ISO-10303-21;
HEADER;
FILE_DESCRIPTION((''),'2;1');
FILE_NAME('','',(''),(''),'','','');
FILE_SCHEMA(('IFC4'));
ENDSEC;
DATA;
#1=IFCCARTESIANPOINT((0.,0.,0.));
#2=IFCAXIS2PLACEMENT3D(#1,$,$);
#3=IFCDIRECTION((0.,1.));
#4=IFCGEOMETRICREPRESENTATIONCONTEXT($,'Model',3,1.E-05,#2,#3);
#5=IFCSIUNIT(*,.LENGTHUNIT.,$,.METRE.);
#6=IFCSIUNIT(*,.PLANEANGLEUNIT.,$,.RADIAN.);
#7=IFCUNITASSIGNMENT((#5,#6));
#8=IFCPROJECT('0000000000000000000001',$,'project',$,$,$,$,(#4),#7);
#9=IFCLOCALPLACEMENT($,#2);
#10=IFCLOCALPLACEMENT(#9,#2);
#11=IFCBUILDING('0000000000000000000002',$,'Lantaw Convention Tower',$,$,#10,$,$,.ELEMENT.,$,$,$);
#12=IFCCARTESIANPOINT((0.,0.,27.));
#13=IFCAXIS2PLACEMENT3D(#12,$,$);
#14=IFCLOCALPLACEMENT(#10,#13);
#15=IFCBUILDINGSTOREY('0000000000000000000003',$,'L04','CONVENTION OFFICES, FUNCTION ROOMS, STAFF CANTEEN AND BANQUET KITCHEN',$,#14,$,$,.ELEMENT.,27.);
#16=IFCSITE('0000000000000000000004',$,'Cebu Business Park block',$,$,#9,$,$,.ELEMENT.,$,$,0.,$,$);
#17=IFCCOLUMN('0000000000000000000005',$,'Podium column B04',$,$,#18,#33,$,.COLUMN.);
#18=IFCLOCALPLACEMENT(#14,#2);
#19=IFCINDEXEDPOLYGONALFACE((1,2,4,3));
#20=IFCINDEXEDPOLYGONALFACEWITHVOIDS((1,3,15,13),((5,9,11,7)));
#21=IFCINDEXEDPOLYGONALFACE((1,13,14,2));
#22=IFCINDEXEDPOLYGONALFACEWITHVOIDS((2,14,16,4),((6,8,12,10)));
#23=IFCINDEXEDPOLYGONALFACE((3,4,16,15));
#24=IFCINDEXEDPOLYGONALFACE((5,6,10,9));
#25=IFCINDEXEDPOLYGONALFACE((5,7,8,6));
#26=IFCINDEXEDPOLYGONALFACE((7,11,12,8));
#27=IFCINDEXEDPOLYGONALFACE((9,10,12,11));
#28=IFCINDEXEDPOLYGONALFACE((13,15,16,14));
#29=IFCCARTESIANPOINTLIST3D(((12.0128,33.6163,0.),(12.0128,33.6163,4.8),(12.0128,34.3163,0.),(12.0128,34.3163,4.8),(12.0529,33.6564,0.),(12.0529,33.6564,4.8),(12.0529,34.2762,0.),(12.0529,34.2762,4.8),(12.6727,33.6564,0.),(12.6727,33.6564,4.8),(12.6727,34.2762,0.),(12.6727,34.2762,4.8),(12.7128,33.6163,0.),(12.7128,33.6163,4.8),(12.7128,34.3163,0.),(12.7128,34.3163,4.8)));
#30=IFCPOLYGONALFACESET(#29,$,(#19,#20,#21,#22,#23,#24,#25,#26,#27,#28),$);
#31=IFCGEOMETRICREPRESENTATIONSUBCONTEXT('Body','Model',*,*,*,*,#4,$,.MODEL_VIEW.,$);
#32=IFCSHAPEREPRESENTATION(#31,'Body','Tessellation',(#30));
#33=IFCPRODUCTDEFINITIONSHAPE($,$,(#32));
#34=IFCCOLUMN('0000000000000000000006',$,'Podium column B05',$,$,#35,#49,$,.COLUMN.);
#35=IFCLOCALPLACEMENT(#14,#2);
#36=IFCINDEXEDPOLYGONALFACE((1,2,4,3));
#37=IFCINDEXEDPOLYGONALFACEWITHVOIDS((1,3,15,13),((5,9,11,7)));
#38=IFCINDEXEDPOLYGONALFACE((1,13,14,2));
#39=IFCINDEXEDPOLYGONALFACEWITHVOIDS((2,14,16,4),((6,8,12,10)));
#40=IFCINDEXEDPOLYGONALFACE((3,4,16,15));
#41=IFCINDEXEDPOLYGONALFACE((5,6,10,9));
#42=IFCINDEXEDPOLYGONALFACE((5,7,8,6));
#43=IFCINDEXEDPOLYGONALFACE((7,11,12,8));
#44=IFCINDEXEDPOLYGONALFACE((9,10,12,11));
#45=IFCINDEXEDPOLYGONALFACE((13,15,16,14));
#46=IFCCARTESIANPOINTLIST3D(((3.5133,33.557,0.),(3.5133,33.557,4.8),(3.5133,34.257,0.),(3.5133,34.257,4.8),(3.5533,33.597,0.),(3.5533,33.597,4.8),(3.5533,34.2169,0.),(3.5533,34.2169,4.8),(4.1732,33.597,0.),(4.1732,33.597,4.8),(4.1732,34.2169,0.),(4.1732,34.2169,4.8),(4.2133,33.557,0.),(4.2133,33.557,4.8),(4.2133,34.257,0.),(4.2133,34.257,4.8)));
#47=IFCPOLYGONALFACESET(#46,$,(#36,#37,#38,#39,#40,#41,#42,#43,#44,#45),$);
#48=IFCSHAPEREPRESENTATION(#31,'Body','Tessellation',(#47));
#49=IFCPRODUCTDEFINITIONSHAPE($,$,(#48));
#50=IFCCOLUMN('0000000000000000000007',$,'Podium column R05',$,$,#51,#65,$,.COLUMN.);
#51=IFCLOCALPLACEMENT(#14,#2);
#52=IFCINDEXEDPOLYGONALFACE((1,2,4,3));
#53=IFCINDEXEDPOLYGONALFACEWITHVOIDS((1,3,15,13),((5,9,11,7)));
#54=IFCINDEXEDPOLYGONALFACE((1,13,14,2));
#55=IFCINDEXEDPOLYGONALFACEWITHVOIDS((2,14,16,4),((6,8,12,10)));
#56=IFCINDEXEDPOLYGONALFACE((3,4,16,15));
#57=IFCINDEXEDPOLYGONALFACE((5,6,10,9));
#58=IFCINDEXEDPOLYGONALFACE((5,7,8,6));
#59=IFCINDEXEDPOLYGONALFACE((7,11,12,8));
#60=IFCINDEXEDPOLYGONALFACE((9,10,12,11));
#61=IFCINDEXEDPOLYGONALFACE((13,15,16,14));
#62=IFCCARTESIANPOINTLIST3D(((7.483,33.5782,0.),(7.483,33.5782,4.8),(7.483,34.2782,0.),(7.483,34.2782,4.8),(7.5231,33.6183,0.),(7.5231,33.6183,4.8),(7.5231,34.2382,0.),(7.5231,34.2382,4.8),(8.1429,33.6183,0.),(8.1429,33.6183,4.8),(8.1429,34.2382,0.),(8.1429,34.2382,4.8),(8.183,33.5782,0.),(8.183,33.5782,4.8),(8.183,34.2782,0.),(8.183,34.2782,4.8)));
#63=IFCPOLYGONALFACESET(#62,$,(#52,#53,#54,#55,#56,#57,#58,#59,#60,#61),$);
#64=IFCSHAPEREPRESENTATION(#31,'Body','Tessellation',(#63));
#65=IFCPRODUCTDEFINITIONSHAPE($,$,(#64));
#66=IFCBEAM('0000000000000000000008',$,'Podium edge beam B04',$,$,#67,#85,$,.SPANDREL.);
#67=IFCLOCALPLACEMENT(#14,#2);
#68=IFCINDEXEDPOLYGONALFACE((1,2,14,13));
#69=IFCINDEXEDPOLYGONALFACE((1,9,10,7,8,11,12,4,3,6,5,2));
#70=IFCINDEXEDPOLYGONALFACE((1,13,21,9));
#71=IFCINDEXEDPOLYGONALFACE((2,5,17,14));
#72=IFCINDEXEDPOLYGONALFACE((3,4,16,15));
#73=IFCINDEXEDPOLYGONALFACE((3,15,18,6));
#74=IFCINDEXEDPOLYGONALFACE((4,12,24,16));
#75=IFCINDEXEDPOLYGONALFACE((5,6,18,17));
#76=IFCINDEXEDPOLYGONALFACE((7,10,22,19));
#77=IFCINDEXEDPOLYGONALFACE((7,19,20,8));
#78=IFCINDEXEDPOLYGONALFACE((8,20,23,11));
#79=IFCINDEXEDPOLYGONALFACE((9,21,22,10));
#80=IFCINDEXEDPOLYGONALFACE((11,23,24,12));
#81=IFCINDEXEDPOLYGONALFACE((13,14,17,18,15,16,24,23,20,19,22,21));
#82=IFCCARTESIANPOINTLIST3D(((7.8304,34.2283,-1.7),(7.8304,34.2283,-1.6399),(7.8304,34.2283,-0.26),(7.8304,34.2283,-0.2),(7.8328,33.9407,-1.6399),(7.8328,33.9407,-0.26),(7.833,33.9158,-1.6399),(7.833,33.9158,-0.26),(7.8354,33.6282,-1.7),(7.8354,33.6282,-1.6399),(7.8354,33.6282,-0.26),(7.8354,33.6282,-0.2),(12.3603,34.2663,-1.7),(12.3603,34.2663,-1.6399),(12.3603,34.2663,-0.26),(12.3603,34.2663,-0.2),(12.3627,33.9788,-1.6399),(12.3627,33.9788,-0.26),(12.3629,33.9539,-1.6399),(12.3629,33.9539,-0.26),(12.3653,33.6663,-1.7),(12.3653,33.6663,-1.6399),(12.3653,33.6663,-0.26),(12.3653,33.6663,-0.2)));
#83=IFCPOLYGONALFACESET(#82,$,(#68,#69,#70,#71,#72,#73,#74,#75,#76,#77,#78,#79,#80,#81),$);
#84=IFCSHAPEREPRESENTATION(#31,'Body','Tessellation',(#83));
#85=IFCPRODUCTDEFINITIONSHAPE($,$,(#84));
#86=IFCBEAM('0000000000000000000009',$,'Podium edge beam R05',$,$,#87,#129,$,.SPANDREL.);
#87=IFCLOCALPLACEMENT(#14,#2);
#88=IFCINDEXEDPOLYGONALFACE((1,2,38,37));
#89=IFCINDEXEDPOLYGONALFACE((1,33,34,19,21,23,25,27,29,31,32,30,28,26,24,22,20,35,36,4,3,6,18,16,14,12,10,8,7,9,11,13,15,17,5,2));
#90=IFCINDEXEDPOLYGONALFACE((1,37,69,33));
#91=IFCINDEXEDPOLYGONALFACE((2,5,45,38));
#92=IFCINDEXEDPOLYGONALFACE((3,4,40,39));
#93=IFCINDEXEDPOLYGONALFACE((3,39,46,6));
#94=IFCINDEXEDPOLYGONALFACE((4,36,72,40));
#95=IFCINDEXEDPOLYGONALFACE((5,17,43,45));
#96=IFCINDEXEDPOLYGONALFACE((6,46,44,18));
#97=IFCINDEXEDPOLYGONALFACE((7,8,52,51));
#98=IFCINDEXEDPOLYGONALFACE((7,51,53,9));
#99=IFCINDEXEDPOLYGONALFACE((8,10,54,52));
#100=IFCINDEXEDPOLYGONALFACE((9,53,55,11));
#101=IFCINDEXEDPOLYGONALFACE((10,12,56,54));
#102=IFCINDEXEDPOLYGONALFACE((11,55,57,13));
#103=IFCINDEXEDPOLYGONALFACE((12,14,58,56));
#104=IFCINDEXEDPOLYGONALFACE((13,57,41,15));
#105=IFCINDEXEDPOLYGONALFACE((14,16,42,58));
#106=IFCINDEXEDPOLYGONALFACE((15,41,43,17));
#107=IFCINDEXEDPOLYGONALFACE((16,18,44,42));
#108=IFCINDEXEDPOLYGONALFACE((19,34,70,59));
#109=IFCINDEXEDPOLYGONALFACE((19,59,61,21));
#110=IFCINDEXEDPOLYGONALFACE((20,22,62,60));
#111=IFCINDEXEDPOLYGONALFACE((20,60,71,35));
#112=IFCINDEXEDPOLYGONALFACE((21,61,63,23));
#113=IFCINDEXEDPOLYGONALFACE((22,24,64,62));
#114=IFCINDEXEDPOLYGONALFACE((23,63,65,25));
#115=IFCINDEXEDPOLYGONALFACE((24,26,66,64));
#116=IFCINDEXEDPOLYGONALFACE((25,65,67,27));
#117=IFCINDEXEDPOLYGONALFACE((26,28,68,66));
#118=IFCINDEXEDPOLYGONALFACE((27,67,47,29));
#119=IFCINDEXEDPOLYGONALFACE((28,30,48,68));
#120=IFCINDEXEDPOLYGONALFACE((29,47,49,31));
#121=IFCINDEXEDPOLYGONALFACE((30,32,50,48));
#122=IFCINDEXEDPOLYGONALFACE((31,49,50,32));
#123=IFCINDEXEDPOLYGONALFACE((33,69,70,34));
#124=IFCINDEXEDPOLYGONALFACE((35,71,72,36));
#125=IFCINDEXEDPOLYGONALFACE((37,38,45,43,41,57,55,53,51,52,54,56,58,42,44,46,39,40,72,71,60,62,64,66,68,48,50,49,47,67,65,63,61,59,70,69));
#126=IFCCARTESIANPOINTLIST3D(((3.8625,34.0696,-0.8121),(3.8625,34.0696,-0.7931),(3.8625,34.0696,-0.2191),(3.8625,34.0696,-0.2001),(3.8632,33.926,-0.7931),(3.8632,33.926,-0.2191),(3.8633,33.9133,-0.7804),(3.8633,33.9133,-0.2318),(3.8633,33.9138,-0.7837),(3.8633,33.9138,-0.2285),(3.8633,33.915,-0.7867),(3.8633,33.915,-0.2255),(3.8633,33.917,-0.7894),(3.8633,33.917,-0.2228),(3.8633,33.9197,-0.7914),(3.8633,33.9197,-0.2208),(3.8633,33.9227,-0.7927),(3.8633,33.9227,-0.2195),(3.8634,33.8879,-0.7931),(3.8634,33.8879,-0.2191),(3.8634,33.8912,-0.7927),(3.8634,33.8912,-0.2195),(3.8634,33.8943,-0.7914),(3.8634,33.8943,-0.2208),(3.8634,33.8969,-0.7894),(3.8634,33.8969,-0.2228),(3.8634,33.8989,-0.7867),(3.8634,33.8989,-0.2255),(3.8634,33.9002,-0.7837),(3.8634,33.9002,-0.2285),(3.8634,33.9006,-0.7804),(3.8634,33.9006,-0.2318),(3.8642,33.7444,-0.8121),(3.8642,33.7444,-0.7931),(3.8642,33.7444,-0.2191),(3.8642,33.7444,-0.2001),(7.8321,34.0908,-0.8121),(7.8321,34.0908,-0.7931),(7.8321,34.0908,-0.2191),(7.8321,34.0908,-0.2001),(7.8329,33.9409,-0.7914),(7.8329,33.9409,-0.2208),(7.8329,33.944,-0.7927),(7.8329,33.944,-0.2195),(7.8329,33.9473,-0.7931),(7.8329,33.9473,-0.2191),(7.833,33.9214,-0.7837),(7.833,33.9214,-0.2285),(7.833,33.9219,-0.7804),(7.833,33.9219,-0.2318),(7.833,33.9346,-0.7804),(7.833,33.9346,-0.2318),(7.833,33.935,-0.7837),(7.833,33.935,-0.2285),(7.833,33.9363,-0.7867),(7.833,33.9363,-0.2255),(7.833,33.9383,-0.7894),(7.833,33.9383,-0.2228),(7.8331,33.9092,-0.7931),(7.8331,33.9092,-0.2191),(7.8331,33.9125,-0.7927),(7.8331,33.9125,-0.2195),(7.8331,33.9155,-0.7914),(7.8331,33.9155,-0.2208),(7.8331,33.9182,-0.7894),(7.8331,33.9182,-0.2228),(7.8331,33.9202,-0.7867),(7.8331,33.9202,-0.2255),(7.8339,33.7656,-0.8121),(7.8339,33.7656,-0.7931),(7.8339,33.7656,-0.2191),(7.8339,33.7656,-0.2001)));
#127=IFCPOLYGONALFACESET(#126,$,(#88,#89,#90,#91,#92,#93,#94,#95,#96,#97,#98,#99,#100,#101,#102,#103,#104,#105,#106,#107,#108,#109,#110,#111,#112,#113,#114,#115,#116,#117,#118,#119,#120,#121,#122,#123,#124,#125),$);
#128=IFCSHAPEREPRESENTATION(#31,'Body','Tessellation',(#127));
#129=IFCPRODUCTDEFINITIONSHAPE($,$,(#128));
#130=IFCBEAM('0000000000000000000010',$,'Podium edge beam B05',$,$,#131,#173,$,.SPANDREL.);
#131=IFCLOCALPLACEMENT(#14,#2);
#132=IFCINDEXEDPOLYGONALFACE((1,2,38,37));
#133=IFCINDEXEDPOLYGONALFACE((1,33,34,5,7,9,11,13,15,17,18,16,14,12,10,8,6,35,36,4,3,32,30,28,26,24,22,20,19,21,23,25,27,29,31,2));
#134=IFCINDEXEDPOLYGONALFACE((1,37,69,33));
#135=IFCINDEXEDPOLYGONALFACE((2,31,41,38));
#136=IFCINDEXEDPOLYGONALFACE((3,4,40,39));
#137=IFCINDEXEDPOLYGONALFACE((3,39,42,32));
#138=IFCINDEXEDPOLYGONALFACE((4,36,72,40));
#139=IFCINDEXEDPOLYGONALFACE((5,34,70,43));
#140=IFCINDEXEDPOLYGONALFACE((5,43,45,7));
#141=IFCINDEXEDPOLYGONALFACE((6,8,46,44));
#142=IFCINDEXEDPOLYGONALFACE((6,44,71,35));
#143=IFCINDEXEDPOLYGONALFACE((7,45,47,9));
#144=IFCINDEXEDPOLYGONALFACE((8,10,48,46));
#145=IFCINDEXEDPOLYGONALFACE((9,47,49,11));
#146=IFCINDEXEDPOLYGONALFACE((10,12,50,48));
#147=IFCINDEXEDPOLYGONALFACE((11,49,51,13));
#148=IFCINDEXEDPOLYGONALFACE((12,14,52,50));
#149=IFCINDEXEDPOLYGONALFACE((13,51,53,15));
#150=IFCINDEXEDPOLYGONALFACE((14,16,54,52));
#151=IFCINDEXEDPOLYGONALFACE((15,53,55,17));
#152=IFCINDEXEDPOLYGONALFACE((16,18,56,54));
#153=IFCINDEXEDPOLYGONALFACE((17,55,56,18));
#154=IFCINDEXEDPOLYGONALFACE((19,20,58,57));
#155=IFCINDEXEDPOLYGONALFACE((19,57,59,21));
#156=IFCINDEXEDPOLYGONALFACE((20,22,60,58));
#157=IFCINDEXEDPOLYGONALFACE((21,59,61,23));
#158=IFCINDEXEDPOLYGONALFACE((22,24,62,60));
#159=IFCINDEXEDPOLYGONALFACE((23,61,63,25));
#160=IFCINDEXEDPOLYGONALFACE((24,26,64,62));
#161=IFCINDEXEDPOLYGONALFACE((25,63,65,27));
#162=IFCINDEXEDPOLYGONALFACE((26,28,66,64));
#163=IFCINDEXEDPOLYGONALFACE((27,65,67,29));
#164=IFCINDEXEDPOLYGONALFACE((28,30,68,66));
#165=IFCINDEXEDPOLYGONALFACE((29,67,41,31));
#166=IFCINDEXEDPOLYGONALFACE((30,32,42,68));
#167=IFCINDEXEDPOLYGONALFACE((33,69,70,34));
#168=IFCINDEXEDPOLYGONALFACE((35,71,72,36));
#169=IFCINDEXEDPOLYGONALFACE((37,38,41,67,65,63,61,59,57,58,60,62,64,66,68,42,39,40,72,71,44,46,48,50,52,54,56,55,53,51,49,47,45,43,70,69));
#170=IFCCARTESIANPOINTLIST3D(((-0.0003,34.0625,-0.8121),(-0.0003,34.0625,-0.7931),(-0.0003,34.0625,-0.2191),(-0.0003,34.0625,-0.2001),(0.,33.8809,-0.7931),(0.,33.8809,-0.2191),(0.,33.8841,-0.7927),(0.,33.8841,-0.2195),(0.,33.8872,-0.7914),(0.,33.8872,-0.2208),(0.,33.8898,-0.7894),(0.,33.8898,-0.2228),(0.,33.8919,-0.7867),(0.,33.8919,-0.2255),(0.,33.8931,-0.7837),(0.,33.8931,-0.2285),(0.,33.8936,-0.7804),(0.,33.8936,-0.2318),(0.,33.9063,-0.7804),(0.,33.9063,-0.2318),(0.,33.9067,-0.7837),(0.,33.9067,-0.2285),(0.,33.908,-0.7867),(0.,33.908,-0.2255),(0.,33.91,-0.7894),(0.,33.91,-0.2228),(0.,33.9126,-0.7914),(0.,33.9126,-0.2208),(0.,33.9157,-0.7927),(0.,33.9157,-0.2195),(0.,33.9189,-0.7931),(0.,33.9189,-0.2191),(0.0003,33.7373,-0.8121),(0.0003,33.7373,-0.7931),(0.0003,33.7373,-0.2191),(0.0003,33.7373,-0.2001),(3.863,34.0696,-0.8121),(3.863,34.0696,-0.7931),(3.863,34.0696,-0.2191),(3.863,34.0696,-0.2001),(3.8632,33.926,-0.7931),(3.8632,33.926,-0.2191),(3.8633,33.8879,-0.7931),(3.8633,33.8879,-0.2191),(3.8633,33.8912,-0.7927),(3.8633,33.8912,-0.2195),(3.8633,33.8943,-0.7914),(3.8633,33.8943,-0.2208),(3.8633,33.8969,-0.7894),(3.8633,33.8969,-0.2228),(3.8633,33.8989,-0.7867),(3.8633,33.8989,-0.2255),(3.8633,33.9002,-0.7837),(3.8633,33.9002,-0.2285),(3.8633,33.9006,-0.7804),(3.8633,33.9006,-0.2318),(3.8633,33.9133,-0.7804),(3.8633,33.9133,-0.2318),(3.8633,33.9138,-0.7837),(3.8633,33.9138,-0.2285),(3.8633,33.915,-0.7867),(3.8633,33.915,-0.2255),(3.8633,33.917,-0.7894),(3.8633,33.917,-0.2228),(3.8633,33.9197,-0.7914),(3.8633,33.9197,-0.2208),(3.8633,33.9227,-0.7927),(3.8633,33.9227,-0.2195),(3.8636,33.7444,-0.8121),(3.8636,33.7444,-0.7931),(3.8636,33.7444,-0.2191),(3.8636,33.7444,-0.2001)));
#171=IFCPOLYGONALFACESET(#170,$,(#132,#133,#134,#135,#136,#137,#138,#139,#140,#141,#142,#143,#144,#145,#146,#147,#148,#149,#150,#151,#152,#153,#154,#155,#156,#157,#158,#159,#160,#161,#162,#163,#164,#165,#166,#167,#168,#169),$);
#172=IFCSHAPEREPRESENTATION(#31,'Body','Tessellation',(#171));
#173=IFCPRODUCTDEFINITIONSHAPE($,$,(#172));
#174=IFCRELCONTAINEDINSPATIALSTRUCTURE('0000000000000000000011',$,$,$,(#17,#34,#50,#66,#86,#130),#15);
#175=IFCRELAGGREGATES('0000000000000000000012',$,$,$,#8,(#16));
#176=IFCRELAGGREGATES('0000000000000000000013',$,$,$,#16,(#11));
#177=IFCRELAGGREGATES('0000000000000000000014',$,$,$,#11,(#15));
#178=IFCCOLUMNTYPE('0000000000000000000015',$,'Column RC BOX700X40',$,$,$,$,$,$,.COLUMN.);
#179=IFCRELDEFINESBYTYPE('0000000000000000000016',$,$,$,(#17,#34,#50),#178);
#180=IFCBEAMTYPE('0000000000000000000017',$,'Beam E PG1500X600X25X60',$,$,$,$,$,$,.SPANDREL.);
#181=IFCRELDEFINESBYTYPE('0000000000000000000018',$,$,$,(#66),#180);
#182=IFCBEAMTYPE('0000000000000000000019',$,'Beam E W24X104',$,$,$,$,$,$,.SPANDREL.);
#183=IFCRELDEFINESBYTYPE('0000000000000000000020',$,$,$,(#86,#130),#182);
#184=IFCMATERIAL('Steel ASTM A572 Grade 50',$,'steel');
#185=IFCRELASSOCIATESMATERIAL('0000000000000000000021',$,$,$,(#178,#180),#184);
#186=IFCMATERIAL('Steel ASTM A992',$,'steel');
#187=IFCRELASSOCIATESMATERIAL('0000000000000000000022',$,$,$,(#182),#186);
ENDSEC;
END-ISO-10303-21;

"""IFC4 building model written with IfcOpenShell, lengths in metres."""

from ifc_helpers import new_model, si_unit, direction, frame, origin, origin_2d, place, context, subcontext, project, spatial, hollow_rectangle, i_section, extrude, material, material_profile, profile_set, type_object, element, save


model = new_model("IFC4")

# Units and contexts
model_context = context("Model", 3, precision=1e-05, world=origin(), true_north=direction((0.0, 1.0)))
body_context = subcontext(model_context, "Body", "Model", "MODEL_VIEW")
ifc_project = project(units=[si_unit("LENGTHUNIT", "METRE"), si_unit("PLANEANGLEUNIT", "RADIAN")], contexts=[model_context])

# Site, building, storey
site_placement = place(None, origin())
site = spatial("IfcSite", under=ifc_project, at=site_placement, Name="Cebu Business Park block", CompositionType="ELEMENT", RefElevation=0.0)
building_placement = place(site_placement, origin())
building = spatial("IfcBuilding", under=site, at=building_placement, Name="Lantaw Convention Tower", CompositionType="ELEMENT")
storey_placement = place(building_placement, frame((0.0, 0.0, 27.0)))
storey = spatial("IfcBuildingStorey", under=building, at=storey_placement, Name="L04", Description="CONVENTION OFFICES, FUNCTION ROOMS, STAFF CANTEEN AND BANQUET KITCHEN", CompositionType="ELEMENT", Elevation=27.0)

# Columns
ifc_material_1 = material(Name="Steel ASTM A572 Grade 50", Category="steel")
ifc_material_profile_1 = material_profile(ifc_material_1, hollow_rectangle(XDim=0.7, YDim=0.7, WallThickness=0.04, at=origin_2d()), Name="BOX700X40")
ifc_profile_set_1 = profile_set([ifc_material_profile_1], Name="Steel ASTM A572 Grade 50")
column_type = type_object("IfcColumnType", Name="Column RC BOX700X40", PredefinedType="COLUMN", material=ifc_profile_set_1)
for number, where, z_axis, x_axis, name in (
    (1, (12.3628, 33.9663, 0.0), (0.0, 0.0, 1.0), (1.0, 0.0, 0.0), "Podium column B04"),
    (2, (3.8633, 33.907, 0.0), (0.0, 0.0, 1.0), (1.0, 0.0, 0.0), "Podium column B05"),
    (3, (7.833, 33.9282, 0.0), (0.0, 0.0, 1.0), (1.0, 0.0, 0.0), "Podium column R05"),
):
    element("IfcColumn", number, at=place(storey_placement, frame(where, z_axis=z_axis, x_axis=x_axis)), inside=storey, type_object=column_type, Name=name, PredefinedType="COLUMN", context=body_context, shape_type="SweptSolid", body=[
        extrude(hollow_rectangle(XDim=0.7, YDim=0.7, WallThickness=0.04, at=origin_2d()), origin(), (0.0, 0.0, 1.0), 4.8),
    ])

# Beams
ifc_material_profile_2 = material_profile(ifc_material_1, i_section(OverallWidth=0.6001, OverallDepth=1.5, WebThickness=0.0249, FlangeThickness=0.0601, at=origin_2d()), Name="PG1500X600X25X60")
ifc_profile_set_2 = profile_set([ifc_material_profile_2], Name="Steel ASTM A572 Grade 50")
beam_type_1 = type_object("IfcBeamType", Name="Beam E PG1500X600X25X60", PredefinedType="SPANDREL", material=ifc_profile_set_2)
beam_1_placement = place(storey_placement, frame((12.3628, 33.9663, -0.95), z_axis=(-0.999965, -0.008408, 0.0), x_axis=(0.008408, -0.999965, 0.0)))
element("IfcBeam", 4, at=beam_1_placement, inside=storey, type_object=beam_type_1, Name="Podium edge beam B04", PredefinedType="SPANDREL", context=body_context, shape_type="SweptSolid", body=[
    extrude(i_section(OverallWidth=0.6001, OverallDepth=1.5, WebThickness=0.0249, FlangeThickness=0.0601, at=origin_2d()), origin(), (0.0, 0.0, 1.0), 4.53),
])
ifc_material_2 = material(Name="Steel ASTM A992", Category="steel")
ifc_material_profile_3 = material_profile(ifc_material_2, i_section(OverallWidth=0.3252, OverallDepth=0.6121, WebThickness=0.0127, FlangeThickness=0.019, FilletRadius=0.0127, at=origin_2d()), Name="W24X104")
ifc_profile_set_3 = profile_set([ifc_material_profile_3], Name="Steel ASTM A992")
beam_type_2 = type_object("IfcBeamType", Name="Beam E W24X104", PredefinedType="SPANDREL", material=ifc_profile_set_3)
beam_2_placement = place(storey_placement, frame((7.833, 33.9282, -0.5061), z_axis=(-0.999986, -0.00535, 0.0), x_axis=(0.00535, -0.999986, 0.0)))
element("IfcBeam", 5, at=beam_2_placement, inside=storey, type_object=beam_type_2, Name="Podium edge beam R05", PredefinedType="SPANDREL", context=body_context, shape_type="SweptSolid", body=[
    extrude(i_section(OverallWidth=0.3252, OverallDepth=0.6121, WebThickness=0.0127, FlangeThickness=0.019, FilletRadius=0.0127, at=origin_2d()), origin(), (0.0, 0.0, 1.0), 3.9697),
])
beam_3_placement = place(storey_placement, frame((3.8633, 33.907, -0.5061), z_axis=(-0.999998, -0.001833, 0.0), x_axis=(0.001833, -0.999998, 0.0)))
element("IfcBeam", 6, at=beam_3_placement, inside=storey, type_object=beam_type_2, Name="Podium edge beam B05", PredefinedType="SPANDREL", context=body_context, shape_type="SweptSolid", body=[
    extrude(i_section(OverallWidth=0.3252, OverallDepth=0.6121, WebThickness=0.0127, FlangeThickness=0.019, FilletRadius=0.0127, at=origin_2d()), origin(), (0.0, 0.0, 1.0), 3.8633),
])

save(model, "model.ifc")
